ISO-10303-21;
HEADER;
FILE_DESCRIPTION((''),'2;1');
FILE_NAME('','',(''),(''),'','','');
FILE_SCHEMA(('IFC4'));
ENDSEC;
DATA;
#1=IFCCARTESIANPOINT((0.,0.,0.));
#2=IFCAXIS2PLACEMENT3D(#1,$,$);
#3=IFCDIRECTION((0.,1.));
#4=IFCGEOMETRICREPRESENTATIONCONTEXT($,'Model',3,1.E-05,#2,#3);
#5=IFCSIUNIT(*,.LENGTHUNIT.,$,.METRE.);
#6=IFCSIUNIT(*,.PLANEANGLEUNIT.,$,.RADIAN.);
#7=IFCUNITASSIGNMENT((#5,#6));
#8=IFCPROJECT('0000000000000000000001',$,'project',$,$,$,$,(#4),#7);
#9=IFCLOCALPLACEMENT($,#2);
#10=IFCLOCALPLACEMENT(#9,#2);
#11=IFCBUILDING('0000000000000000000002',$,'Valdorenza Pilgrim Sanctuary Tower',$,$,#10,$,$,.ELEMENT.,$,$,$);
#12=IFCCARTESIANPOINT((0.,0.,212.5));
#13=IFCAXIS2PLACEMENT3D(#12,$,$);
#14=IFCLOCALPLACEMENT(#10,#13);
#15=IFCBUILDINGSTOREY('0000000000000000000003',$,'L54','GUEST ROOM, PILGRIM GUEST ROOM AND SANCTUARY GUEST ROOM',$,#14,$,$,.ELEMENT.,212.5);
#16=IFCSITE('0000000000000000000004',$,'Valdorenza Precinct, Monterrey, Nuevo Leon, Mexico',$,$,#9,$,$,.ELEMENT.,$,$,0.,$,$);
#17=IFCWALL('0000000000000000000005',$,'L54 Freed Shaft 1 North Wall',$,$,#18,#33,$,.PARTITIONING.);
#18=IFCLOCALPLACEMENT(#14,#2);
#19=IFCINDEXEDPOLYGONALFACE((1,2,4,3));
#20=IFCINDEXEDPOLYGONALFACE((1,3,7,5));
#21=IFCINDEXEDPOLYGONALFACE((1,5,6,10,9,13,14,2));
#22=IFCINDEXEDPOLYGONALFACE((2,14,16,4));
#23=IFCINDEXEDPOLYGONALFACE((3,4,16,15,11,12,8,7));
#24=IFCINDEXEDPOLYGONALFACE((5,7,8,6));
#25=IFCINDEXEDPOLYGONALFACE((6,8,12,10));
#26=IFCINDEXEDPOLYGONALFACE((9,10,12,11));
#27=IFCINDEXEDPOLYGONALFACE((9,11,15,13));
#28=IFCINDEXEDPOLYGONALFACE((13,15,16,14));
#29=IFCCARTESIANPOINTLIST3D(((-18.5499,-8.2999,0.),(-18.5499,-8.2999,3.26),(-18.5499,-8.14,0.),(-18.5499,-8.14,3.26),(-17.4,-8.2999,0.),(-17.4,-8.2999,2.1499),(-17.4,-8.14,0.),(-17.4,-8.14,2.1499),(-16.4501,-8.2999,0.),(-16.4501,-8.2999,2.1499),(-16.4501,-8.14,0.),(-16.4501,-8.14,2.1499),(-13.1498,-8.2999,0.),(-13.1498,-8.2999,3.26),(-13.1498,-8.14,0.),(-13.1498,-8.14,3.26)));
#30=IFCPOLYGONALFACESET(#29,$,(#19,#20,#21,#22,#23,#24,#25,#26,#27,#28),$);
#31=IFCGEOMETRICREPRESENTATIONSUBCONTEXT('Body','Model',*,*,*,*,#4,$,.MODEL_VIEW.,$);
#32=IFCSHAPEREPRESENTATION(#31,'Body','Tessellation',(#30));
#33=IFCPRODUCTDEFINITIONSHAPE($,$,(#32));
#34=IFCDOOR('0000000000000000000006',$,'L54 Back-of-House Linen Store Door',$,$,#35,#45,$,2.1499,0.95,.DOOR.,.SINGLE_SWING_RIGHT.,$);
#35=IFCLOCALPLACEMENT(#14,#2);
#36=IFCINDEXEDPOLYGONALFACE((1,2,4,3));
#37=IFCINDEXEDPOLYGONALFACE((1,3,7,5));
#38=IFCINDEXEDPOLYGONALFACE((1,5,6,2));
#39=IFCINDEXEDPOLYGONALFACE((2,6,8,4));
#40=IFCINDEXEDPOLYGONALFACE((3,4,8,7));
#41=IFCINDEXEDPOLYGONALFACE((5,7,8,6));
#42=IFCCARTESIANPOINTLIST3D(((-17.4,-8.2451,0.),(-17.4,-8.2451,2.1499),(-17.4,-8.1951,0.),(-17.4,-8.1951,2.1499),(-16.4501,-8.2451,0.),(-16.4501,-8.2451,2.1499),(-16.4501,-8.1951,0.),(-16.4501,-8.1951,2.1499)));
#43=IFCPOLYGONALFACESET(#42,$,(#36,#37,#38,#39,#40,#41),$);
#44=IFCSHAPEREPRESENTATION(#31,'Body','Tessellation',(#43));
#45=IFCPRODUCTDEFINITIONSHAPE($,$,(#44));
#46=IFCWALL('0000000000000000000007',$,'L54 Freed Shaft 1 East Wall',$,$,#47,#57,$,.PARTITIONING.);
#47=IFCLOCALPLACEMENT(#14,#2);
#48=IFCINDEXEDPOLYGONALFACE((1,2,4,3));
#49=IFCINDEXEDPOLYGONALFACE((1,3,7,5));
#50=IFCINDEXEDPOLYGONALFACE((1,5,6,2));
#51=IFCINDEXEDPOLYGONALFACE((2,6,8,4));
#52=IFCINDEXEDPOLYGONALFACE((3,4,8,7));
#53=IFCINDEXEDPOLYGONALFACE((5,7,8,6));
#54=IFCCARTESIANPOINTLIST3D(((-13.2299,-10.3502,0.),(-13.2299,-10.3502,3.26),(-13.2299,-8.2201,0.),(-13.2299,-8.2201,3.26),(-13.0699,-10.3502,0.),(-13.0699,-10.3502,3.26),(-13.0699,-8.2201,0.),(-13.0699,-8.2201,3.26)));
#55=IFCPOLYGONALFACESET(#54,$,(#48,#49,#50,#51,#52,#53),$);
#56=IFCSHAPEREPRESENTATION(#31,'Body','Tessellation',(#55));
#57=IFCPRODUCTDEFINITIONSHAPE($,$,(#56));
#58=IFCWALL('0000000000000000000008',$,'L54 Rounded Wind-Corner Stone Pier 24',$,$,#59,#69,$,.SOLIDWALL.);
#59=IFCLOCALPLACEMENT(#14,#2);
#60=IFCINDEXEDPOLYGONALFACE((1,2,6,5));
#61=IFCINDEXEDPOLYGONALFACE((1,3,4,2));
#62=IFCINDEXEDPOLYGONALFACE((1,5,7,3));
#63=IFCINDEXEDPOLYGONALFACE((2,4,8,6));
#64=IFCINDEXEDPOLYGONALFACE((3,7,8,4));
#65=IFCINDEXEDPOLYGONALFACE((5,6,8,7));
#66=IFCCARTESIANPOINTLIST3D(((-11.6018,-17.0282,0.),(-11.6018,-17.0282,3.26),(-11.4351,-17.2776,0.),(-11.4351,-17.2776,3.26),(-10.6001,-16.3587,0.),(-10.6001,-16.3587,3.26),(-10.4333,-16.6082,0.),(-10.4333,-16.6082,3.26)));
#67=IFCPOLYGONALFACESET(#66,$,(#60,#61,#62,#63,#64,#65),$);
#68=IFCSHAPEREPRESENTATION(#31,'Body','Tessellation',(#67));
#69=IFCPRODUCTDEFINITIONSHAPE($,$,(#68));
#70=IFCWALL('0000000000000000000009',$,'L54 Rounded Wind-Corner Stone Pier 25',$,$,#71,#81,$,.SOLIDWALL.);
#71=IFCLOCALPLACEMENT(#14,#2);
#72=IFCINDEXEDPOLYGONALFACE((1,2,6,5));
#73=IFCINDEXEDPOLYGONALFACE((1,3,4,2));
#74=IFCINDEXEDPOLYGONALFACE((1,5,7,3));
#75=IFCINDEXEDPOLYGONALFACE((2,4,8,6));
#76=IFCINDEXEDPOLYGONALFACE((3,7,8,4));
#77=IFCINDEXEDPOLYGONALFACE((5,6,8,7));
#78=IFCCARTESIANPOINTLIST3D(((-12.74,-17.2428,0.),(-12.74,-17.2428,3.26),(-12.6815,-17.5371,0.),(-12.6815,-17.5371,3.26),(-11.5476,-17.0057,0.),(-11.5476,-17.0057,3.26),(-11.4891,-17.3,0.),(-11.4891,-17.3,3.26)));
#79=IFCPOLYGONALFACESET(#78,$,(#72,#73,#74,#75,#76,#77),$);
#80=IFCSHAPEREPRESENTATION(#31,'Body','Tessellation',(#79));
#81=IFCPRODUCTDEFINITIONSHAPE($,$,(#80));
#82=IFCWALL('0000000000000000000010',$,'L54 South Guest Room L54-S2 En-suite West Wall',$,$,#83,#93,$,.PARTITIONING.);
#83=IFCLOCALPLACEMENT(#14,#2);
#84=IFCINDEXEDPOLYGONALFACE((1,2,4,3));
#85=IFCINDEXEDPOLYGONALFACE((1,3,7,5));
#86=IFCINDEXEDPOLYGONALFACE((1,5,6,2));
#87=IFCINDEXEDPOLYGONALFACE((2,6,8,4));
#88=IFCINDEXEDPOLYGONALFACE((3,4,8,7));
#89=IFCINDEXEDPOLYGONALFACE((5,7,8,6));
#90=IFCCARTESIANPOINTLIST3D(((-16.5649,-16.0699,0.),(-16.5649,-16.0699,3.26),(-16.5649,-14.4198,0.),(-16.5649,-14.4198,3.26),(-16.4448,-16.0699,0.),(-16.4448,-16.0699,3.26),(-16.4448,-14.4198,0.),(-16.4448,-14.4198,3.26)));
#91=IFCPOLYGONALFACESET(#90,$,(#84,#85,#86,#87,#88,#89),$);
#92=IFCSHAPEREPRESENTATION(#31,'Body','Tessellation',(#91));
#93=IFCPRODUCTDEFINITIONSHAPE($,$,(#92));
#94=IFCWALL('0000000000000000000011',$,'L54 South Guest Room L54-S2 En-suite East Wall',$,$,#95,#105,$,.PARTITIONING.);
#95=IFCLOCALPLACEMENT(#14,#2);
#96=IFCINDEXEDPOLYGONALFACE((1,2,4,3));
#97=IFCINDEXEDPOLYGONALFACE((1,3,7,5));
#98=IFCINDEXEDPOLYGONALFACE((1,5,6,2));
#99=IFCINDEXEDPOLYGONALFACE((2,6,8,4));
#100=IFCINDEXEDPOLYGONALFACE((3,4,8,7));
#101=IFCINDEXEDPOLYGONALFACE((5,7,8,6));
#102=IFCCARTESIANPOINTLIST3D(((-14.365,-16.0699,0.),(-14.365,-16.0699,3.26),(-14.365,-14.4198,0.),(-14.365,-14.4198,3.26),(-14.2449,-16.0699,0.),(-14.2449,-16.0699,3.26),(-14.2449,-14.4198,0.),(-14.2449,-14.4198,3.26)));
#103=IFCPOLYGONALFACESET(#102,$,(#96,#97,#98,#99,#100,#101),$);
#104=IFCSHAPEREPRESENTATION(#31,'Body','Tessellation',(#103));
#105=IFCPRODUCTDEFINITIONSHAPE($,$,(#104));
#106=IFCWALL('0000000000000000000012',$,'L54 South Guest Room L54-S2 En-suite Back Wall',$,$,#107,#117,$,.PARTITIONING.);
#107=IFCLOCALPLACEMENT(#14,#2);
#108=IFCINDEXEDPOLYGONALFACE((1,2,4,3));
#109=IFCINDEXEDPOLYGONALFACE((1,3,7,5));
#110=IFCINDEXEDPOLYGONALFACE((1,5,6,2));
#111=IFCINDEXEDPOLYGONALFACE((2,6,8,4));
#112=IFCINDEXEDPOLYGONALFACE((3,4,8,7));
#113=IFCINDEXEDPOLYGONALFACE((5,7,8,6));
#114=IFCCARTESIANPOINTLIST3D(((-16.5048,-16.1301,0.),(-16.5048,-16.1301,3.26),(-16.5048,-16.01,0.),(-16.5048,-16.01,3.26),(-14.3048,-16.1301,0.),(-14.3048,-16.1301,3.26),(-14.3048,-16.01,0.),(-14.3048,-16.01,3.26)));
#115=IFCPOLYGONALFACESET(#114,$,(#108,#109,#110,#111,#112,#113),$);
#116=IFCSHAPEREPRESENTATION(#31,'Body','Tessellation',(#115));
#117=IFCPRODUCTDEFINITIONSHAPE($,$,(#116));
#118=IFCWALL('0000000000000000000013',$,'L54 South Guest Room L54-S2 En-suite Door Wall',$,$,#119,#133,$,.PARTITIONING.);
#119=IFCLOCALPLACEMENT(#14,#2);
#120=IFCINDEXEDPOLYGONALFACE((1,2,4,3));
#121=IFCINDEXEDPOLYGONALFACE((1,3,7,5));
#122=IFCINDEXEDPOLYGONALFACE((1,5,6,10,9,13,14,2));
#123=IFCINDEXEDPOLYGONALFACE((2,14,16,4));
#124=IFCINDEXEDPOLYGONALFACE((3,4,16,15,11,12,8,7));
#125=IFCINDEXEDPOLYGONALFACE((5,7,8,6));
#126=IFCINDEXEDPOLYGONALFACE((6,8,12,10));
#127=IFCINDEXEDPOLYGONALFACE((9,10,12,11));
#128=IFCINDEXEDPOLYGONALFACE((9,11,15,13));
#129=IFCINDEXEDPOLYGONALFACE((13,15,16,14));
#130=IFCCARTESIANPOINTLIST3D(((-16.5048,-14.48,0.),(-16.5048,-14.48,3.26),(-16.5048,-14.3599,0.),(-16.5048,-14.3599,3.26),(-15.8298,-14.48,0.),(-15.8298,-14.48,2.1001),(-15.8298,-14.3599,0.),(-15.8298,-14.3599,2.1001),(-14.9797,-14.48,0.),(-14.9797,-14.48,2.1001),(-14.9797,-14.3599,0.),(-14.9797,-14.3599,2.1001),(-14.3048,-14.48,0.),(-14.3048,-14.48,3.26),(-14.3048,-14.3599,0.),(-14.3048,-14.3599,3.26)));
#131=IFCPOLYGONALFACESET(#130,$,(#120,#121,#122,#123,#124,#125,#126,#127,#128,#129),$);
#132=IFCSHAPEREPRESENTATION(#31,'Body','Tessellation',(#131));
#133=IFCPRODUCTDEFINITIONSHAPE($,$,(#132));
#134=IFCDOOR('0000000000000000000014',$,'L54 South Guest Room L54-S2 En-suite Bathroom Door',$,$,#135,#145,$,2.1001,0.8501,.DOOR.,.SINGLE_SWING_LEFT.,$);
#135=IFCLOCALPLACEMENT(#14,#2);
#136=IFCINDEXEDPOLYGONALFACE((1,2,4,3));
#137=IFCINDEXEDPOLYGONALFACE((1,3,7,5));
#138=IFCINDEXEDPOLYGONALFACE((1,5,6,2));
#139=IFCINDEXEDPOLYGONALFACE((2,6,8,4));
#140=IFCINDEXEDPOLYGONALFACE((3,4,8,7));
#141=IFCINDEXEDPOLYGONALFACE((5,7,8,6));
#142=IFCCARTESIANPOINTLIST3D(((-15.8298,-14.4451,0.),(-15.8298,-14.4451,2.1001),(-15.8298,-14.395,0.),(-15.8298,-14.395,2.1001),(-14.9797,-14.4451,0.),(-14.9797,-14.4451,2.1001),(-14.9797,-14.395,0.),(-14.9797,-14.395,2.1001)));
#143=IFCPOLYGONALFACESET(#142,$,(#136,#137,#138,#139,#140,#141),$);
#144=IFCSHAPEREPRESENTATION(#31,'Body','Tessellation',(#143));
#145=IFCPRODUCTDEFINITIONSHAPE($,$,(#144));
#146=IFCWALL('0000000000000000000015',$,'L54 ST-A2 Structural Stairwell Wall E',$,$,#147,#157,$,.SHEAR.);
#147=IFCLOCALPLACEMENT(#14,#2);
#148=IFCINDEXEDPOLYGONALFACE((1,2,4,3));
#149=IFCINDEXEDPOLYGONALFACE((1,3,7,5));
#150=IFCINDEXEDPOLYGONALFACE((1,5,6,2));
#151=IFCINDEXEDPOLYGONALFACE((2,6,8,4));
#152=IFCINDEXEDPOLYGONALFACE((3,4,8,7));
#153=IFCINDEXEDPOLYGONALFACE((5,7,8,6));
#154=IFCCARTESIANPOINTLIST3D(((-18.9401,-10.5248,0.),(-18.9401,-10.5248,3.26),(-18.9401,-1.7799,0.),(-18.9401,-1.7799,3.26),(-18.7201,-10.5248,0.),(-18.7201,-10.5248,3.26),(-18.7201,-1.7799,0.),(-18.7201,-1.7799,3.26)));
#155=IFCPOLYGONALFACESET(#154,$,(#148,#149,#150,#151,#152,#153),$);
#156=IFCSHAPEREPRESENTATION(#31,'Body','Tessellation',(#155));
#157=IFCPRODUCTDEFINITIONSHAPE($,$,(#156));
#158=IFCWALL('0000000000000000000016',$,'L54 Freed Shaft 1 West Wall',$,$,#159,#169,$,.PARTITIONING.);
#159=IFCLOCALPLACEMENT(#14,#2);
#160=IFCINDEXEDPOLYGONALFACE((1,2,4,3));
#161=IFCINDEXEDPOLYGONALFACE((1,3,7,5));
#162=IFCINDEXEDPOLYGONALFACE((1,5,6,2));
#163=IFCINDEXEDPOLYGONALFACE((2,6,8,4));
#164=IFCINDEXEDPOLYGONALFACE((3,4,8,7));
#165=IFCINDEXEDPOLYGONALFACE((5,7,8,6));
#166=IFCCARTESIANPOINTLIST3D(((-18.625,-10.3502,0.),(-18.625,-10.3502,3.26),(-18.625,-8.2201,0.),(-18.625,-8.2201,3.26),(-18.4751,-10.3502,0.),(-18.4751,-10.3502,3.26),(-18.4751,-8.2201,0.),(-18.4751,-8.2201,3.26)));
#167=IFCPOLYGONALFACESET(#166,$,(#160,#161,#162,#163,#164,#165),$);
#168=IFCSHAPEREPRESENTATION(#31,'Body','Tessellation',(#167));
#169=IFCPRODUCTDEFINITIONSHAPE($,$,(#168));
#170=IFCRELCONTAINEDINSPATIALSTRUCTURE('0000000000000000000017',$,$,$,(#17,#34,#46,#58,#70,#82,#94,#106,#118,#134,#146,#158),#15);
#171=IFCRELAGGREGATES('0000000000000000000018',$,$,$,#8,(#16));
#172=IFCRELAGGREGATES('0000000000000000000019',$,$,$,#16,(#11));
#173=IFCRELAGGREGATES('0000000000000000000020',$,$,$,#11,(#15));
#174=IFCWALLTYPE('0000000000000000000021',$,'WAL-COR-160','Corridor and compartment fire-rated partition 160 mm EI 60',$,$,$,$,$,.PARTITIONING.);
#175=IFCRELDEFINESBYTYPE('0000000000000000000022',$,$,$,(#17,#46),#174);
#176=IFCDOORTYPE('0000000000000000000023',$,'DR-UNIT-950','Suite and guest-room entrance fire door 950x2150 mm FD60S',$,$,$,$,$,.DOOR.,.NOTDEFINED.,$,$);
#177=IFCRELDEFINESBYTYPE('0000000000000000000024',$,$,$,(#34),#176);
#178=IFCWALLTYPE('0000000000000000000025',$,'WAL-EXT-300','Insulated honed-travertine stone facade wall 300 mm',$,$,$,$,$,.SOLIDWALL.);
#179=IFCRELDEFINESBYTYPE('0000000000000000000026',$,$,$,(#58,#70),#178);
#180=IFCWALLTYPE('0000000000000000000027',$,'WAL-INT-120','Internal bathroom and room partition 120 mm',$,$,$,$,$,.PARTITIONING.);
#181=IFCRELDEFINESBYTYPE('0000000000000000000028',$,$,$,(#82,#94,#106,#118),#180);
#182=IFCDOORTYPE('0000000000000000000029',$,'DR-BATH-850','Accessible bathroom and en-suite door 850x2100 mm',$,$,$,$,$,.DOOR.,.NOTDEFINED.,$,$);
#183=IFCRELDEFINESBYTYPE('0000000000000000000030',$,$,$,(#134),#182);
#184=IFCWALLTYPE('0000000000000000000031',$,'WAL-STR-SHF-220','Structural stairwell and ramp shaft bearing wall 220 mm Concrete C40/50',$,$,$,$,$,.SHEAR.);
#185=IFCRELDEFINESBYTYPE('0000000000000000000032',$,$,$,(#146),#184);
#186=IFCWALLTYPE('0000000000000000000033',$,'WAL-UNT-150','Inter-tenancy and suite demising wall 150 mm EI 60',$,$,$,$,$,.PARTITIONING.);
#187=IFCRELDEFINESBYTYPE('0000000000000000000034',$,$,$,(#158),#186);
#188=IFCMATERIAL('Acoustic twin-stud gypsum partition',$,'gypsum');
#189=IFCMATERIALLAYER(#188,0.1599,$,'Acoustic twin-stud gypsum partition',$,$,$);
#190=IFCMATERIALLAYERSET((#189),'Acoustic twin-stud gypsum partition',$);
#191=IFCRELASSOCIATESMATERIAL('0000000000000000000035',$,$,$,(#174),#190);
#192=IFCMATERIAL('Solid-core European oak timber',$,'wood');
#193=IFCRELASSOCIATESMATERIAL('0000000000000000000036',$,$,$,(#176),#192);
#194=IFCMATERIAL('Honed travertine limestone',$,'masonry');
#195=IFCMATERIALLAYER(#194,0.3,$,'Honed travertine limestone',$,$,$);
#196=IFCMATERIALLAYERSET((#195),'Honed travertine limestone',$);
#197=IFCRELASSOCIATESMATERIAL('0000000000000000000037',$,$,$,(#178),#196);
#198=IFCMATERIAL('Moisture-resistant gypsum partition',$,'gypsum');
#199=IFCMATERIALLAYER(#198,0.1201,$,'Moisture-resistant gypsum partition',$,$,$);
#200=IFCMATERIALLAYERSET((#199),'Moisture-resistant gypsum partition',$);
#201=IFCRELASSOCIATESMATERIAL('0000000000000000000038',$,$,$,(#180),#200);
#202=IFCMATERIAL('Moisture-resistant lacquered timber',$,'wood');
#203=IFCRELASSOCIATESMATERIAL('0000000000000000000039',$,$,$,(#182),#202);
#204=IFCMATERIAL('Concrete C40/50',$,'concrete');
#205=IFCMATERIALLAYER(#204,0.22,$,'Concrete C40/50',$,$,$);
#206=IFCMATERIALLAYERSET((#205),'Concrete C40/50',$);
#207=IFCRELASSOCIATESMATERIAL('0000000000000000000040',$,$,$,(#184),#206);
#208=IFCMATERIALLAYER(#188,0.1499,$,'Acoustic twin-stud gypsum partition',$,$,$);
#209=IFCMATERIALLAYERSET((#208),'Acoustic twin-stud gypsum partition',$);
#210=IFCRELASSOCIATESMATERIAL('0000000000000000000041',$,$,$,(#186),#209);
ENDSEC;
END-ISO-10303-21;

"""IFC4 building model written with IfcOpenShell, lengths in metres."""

from ifc_helpers import new_model, si_unit, direction, frame, frame_2d, origin, place, context, subcontext, project, spatial, rectangle, extrude, material, layer, layer_set, type_object, element, fill, save


model = new_model("IFC4")

# Units and contexts
model_context = context("Model", 3, precision=1e-05, world=origin(), true_north=direction((0.0, 1.0)))
body_context = subcontext(model_context, "Body", "Model", "MODEL_VIEW")
ifc_project = project(units=[si_unit("LENGTHUNIT", "METRE"), si_unit("PLANEANGLEUNIT", "RADIAN")], contexts=[model_context])

# Site, building, storey
site_placement = place(None, origin())
site = spatial("IfcSite", under=ifc_project, at=site_placement, Name="Valdorenza Precinct, Monterrey, Nuevo Leon, Mexico", CompositionType="ELEMENT", RefElevation=0.0)
building_placement = place(site_placement, origin())
building = spatial("IfcBuilding", under=site, at=building_placement, Name="Valdorenza Pilgrim Sanctuary Tower", CompositionType="ELEMENT")
storey_placement = place(building_placement, frame((0.0, 0.0, 212.5)))
storey = spatial("IfcBuildingStorey", under=building, at=storey_placement, Name="L54", Description="GUEST ROOM, PILGRIM GUEST ROOM AND SANCTUARY GUEST ROOM", CompositionType="ELEMENT", Elevation=212.5)

# Shared definitions
ifc_material_1 = material(Name="Honed travertine limestone", Category="masonry")

# Wall, opening, door
ifc_material_2 = material(Name="Acoustic twin-stud gypsum partition", Category="gypsum")
ifc_layer_1 = layer(ifc_material_2, 0.1599, Name="Acoustic twin-stud gypsum partition")
ifc_layer_set_1 = layer_set([ifc_layer_1], Name="Acoustic twin-stud gypsum partition")
wall_type_1 = type_object("IfcWallType", Name="WAL-COR-160", Description="Corridor and compartment fire-rated partition 160 mm EI 60", PredefinedType="PARTITIONING", material=ifc_layer_set_1)
wall_1_placement = place(storey_placement, frame((-18.55, -8.22, 0.0), z_axis=(0.0, 0.0, 1.0), x_axis=(1.0, 0.0, 0.0)))
wall_1 = element("IfcWall", 1, at=wall_1_placement, inside=storey, type_object=wall_type_1, Name="L54 Freed Shaft 1 North Wall", PredefinedType="PARTITIONING", context=body_context, shape_type="SweptSolid", body=[
    extrude(rectangle(XDim=5.4001, YDim=0.1599, at=frame_2d((2.7002, 0.0))), origin(), (0.0, 0.0, 1.0), 3.26),
])
opening_1_placement = place(wall_1_placement, frame((1.1499, 0.0, 0.0)))
opening_1 = element("IfcOpeningElement", 2, at=opening_1_placement, cuts=wall_1, PredefinedType="OPENING", context=body_context, shape_type="SweptSolid", body=[
    extrude(rectangle(XDim=0.95, YDim=2.1499, at=frame_2d((0.4751, 1.075))), frame((0.0, 0.0947, 0.0), z_axis=(0.0, -1.0, 0.0), x_axis=(1.0, 0.0, 0.0)), (0.0, 0.0, 1.0), 0.1897),
])
ifc_material_3 = material(Name="Solid-core European oak timber", Category="wood")
door_type_1 = type_object("IfcDoorType", Name="DR-UNIT-950", Description="Suite and guest-room entrance fire door 950x2150 mm FD60S", OperationType="NOTDEFINED", PredefinedType="DOOR", material=ifc_material_3)
door_1_placement = place(opening_1_placement, origin())
door_1 = element("IfcDoor", 3, at=door_1_placement, inside=storey, type_object=door_type_1, Name="L54 Back-of-House Linen Store Door", OperationType="SINGLE_SWING_RIGHT", OverallHeight=2.1499, OverallWidth=0.95, PredefinedType="DOOR", context=body_context, shape_type="SweptSolid", body=[
    extrude(rectangle(XDim=0.95, YDim=2.1499, at=frame_2d((0.4751, 1.075))), frame((0.0, 0.0249, 0.0), z_axis=(0.0, -1.0, 0.0), x_axis=(1.0, 0.0, 0.0)), (0.0, 0.0, 1.0), 0.05),
])
fill(opening_1, door_1)

# Walls
wall_2_placement = place(storey_placement, frame((-13.1499, -10.3501, 0.0), z_axis=(0.0, 0.0, 1.0), x_axis=(0.0, 1.0, 0.0)))
element("IfcWall", 4, at=wall_2_placement, inside=storey, type_object=wall_type_1, Name="L54 Freed Shaft 1 East Wall", PredefinedType="PARTITIONING", context=body_context, shape_type="SweptSolid", body=[
    extrude(rectangle(XDim=2.1301, YDim=0.1599, at=frame_2d((1.0649, 0.0))), origin(), (0.0, 0.0, 1.0), 3.26),
])
ifc_layer_2 = layer(ifc_material_1, 0.3, Name="Honed travertine limestone")
ifc_layer_set_2 = layer_set([ifc_layer_2], Name="Honed travertine limestone")
wall_type_2 = type_object("IfcWallType", Name="WAL-EXT-300", Description="Insulated honed-travertine stone facade wall 300 mm", PredefinedType="SOLIDWALL", material=ifc_layer_set_2)
wall_3_placement = place(storey_placement, frame((-10.5166, -16.4834, 0.0), z_axis=(0.0, 0.0, 1.0), x_axis=(-0.831426, -0.555635, 0.0)))
element("IfcWall", 5, at=wall_3_placement, inside=storey, type_object=wall_type_2, Name="L54 Rounded Wind-Corner Stone Pier 24", PredefinedType="SOLIDWALL", context=body_context, shape_type="SweptSolid", body=[
    extrude(rectangle(XDim=1.2048, YDim=0.3, at=frame_2d((0.6025, 0.0))), origin(), (0.0, 0.0, 1.0), 3.26),
])
wall_4_placement = place(storey_placement, frame((-11.5183, -17.1528, 0.0), z_axis=(0.0, 0.0, 1.0), x_axis=(-0.980804, -0.194996, 0.0)))
element("IfcWall", 6, at=wall_4_placement, inside=storey, type_object=wall_type_2, Name="L54 Rounded Wind-Corner Stone Pier 25", PredefinedType="SOLIDWALL", context=body_context, shape_type="SweptSolid", body=[
    extrude(rectangle(XDim=1.2158, YDim=0.3, at=frame_2d((0.6079, 0.0))), origin(), (0.0, 0.0, 1.0), 3.26),
])
ifc_material_4 = material(Name="Moisture-resistant gypsum partition", Category="gypsum")
ifc_layer_3 = layer(ifc_material_4, 0.1201, Name="Moisture-resistant gypsum partition")
ifc_layer_set_3 = layer_set([ifc_layer_3], Name="Moisture-resistant gypsum partition")
wall_type_3 = type_object("IfcWallType", Name="WAL-INT-120", Description="Internal bathroom and room partition 120 mm", PredefinedType="PARTITIONING", material=ifc_layer_set_3)
for number, where, z_axis, x_axis, name in (
    (7, (-16.5049, -16.0701, 0.0), (0.0, 0.0, 1.0), (0.0, 1.0, 0.0), "L54 South Guest Room L54-S2 En-suite West Wall"),
    (8, (-14.3049, -16.0701, 0.0), (0.0, 0.0, 1.0), (0.0, 1.0, 0.0), "L54 South Guest Room L54-S2 En-suite East Wall"),
):
    element("IfcWall", number, at=place(storey_placement, frame(where, z_axis=z_axis, x_axis=x_axis)), inside=storey, type_object=wall_type_3, Name=name, PredefinedType="PARTITIONING", context=body_context, shape_type="SweptSolid", body=[
        extrude(rectangle(XDim=1.6501, YDim=0.1201, at=frame_2d((0.8252, 0.0))), origin(), (0.0, 0.0, 1.0), 3.26),
    ])
wall_5_placement = place(storey_placement, frame((-16.5049, -16.0701, 0.0), z_axis=(0.0, 0.0, 1.0), x_axis=(1.0, 0.0, 0.0)))
element("IfcWall", 9, at=wall_5_placement, inside=storey, type_object=wall_type_3, Name="L54 South Guest Room L54-S2 En-suite Back Wall", PredefinedType="PARTITIONING", context=body_context, shape_type="SweptSolid", body=[
    extrude(rectangle(XDim=2.2, YDim=0.1201, at=frame_2d((1.1001, 0.0))), origin(), (0.0, 0.0, 1.0), 3.26),
])

# Wall, opening, door
wall_6_placement = place(storey_placement, frame((-16.5049, -14.4199, 0.0), z_axis=(0.0, 0.0, 1.0), x_axis=(1.0, 0.0, 0.0)))
wall_6 = element("IfcWall", 10, at=wall_6_placement, inside=storey, type_object=wall_type_3, Name="L54 South Guest Room L54-S2 En-suite Door Wall", PredefinedType="PARTITIONING", context=body_context, shape_type="SweptSolid", body=[
    extrude(rectangle(XDim=2.2, YDim=0.1201, at=frame_2d((1.1001, 0.0))), origin(), (0.0, 0.0, 1.0), 3.26),
])
opening_2_placement = place(wall_6_placement, frame((0.675, 0.0, 0.0)))
opening_2 = element("IfcOpeningElement", 11, at=opening_2_placement, cuts=wall_6, PredefinedType="OPENING", context=body_context, shape_type="SweptSolid", body=[
    extrude(rectangle(XDim=0.8501, YDim=2.1001, at=frame_2d((0.425, 1.05))), frame((0.0, 0.075, 0.0), z_axis=(0.0, -1.0, 0.0), x_axis=(1.0, 0.0, 0.0)), (0.0, 0.0, 1.0), 0.1499),
])
ifc_material_5 = material(Name="Moisture-resistant lacquered timber", Category="wood")
door_type_2 = type_object("IfcDoorType", Name="DR-BATH-850", Description="Accessible bathroom and en-suite door 850x2100 mm", OperationType="NOTDEFINED", PredefinedType="DOOR", material=ifc_material_5)
door_2_placement = place(opening_2_placement, origin())
door_2 = element("IfcDoor", 12, at=door_2_placement, inside=storey, type_object=door_type_2, Name="L54 South Guest Room L54-S2 En-suite Bathroom Door", OperationType="SINGLE_SWING_LEFT", OverallHeight=2.1001, OverallWidth=0.8501, PredefinedType="DOOR", context=body_context, shape_type="SweptSolid", body=[
    extrude(rectangle(XDim=0.8501, YDim=2.1001, at=frame_2d((0.425, 1.05))), frame((0.0, 0.0249, 0.0), z_axis=(0.0, -1.0, 0.0), x_axis=(1.0, 0.0, 0.0)), (0.0, 0.0, 1.0), 0.05),
])
fill(opening_2, door_2)

# Walls
ifc_material_6 = material(Name="Concrete C40/50", Category="concrete")
ifc_layer_4 = layer(ifc_material_6, 0.22, Name="Concrete C40/50")
ifc_layer_set_4 = layer_set([ifc_layer_4], Name="Concrete C40/50")
wall_type_4 = type_object("IfcWallType", Name="WAL-STR-SHF-220", Description="Structural stairwell and ramp shaft bearing wall 220 mm Concrete C40/50", PredefinedType="SHEAR", material=ifc_layer_set_4)
wall_7_placement = place(storey_placement, frame((-18.8301, -10.5249, 0.0), z_axis=(0.0, 0.0, 1.0), x_axis=(0.0, 1.0, 0.0)))
element("IfcWall", 13, at=wall_7_placement, inside=storey, type_object=wall_type_4, Name="L54 ST-A2 Structural Stairwell Wall E", PredefinedType="SHEAR", context=body_context, shape_type="SweptSolid", body=[
    extrude(rectangle(XDim=8.7449, YDim=0.22, at=frame_2d((4.3726, 0.0))), origin(), (0.0, 0.0, 1.0), 3.26),
])
ifc_layer_5 = layer(ifc_material_2, 0.1499, Name="Acoustic twin-stud gypsum partition")
ifc_layer_set_5 = layer_set([ifc_layer_5], Name="Acoustic twin-stud gypsum partition")
wall_type_5 = type_object("IfcWallType", Name="WAL-UNT-150", Description="Inter-tenancy and suite demising wall 150 mm EI 60", PredefinedType="PARTITIONING", material=ifc_layer_set_5)
wall_8_placement = place(storey_placement, frame((-18.55, -10.3501, 0.0), z_axis=(0.0, 0.0, 1.0), x_axis=(0.0, 1.0, 0.0)))
element("IfcWall", 14, at=wall_8_placement, inside=storey, type_object=wall_type_5, Name="L54 Freed Shaft 1 West Wall", PredefinedType="PARTITIONING", context=body_context, shape_type="SweptSolid", body=[
    extrude(rectangle(XDim=2.1301, YDim=0.1499, at=frame_2d((1.0649, 0.0))), origin(), (0.0, 0.0, 1.0), 3.26),
])

save(model, "model.ifc")
